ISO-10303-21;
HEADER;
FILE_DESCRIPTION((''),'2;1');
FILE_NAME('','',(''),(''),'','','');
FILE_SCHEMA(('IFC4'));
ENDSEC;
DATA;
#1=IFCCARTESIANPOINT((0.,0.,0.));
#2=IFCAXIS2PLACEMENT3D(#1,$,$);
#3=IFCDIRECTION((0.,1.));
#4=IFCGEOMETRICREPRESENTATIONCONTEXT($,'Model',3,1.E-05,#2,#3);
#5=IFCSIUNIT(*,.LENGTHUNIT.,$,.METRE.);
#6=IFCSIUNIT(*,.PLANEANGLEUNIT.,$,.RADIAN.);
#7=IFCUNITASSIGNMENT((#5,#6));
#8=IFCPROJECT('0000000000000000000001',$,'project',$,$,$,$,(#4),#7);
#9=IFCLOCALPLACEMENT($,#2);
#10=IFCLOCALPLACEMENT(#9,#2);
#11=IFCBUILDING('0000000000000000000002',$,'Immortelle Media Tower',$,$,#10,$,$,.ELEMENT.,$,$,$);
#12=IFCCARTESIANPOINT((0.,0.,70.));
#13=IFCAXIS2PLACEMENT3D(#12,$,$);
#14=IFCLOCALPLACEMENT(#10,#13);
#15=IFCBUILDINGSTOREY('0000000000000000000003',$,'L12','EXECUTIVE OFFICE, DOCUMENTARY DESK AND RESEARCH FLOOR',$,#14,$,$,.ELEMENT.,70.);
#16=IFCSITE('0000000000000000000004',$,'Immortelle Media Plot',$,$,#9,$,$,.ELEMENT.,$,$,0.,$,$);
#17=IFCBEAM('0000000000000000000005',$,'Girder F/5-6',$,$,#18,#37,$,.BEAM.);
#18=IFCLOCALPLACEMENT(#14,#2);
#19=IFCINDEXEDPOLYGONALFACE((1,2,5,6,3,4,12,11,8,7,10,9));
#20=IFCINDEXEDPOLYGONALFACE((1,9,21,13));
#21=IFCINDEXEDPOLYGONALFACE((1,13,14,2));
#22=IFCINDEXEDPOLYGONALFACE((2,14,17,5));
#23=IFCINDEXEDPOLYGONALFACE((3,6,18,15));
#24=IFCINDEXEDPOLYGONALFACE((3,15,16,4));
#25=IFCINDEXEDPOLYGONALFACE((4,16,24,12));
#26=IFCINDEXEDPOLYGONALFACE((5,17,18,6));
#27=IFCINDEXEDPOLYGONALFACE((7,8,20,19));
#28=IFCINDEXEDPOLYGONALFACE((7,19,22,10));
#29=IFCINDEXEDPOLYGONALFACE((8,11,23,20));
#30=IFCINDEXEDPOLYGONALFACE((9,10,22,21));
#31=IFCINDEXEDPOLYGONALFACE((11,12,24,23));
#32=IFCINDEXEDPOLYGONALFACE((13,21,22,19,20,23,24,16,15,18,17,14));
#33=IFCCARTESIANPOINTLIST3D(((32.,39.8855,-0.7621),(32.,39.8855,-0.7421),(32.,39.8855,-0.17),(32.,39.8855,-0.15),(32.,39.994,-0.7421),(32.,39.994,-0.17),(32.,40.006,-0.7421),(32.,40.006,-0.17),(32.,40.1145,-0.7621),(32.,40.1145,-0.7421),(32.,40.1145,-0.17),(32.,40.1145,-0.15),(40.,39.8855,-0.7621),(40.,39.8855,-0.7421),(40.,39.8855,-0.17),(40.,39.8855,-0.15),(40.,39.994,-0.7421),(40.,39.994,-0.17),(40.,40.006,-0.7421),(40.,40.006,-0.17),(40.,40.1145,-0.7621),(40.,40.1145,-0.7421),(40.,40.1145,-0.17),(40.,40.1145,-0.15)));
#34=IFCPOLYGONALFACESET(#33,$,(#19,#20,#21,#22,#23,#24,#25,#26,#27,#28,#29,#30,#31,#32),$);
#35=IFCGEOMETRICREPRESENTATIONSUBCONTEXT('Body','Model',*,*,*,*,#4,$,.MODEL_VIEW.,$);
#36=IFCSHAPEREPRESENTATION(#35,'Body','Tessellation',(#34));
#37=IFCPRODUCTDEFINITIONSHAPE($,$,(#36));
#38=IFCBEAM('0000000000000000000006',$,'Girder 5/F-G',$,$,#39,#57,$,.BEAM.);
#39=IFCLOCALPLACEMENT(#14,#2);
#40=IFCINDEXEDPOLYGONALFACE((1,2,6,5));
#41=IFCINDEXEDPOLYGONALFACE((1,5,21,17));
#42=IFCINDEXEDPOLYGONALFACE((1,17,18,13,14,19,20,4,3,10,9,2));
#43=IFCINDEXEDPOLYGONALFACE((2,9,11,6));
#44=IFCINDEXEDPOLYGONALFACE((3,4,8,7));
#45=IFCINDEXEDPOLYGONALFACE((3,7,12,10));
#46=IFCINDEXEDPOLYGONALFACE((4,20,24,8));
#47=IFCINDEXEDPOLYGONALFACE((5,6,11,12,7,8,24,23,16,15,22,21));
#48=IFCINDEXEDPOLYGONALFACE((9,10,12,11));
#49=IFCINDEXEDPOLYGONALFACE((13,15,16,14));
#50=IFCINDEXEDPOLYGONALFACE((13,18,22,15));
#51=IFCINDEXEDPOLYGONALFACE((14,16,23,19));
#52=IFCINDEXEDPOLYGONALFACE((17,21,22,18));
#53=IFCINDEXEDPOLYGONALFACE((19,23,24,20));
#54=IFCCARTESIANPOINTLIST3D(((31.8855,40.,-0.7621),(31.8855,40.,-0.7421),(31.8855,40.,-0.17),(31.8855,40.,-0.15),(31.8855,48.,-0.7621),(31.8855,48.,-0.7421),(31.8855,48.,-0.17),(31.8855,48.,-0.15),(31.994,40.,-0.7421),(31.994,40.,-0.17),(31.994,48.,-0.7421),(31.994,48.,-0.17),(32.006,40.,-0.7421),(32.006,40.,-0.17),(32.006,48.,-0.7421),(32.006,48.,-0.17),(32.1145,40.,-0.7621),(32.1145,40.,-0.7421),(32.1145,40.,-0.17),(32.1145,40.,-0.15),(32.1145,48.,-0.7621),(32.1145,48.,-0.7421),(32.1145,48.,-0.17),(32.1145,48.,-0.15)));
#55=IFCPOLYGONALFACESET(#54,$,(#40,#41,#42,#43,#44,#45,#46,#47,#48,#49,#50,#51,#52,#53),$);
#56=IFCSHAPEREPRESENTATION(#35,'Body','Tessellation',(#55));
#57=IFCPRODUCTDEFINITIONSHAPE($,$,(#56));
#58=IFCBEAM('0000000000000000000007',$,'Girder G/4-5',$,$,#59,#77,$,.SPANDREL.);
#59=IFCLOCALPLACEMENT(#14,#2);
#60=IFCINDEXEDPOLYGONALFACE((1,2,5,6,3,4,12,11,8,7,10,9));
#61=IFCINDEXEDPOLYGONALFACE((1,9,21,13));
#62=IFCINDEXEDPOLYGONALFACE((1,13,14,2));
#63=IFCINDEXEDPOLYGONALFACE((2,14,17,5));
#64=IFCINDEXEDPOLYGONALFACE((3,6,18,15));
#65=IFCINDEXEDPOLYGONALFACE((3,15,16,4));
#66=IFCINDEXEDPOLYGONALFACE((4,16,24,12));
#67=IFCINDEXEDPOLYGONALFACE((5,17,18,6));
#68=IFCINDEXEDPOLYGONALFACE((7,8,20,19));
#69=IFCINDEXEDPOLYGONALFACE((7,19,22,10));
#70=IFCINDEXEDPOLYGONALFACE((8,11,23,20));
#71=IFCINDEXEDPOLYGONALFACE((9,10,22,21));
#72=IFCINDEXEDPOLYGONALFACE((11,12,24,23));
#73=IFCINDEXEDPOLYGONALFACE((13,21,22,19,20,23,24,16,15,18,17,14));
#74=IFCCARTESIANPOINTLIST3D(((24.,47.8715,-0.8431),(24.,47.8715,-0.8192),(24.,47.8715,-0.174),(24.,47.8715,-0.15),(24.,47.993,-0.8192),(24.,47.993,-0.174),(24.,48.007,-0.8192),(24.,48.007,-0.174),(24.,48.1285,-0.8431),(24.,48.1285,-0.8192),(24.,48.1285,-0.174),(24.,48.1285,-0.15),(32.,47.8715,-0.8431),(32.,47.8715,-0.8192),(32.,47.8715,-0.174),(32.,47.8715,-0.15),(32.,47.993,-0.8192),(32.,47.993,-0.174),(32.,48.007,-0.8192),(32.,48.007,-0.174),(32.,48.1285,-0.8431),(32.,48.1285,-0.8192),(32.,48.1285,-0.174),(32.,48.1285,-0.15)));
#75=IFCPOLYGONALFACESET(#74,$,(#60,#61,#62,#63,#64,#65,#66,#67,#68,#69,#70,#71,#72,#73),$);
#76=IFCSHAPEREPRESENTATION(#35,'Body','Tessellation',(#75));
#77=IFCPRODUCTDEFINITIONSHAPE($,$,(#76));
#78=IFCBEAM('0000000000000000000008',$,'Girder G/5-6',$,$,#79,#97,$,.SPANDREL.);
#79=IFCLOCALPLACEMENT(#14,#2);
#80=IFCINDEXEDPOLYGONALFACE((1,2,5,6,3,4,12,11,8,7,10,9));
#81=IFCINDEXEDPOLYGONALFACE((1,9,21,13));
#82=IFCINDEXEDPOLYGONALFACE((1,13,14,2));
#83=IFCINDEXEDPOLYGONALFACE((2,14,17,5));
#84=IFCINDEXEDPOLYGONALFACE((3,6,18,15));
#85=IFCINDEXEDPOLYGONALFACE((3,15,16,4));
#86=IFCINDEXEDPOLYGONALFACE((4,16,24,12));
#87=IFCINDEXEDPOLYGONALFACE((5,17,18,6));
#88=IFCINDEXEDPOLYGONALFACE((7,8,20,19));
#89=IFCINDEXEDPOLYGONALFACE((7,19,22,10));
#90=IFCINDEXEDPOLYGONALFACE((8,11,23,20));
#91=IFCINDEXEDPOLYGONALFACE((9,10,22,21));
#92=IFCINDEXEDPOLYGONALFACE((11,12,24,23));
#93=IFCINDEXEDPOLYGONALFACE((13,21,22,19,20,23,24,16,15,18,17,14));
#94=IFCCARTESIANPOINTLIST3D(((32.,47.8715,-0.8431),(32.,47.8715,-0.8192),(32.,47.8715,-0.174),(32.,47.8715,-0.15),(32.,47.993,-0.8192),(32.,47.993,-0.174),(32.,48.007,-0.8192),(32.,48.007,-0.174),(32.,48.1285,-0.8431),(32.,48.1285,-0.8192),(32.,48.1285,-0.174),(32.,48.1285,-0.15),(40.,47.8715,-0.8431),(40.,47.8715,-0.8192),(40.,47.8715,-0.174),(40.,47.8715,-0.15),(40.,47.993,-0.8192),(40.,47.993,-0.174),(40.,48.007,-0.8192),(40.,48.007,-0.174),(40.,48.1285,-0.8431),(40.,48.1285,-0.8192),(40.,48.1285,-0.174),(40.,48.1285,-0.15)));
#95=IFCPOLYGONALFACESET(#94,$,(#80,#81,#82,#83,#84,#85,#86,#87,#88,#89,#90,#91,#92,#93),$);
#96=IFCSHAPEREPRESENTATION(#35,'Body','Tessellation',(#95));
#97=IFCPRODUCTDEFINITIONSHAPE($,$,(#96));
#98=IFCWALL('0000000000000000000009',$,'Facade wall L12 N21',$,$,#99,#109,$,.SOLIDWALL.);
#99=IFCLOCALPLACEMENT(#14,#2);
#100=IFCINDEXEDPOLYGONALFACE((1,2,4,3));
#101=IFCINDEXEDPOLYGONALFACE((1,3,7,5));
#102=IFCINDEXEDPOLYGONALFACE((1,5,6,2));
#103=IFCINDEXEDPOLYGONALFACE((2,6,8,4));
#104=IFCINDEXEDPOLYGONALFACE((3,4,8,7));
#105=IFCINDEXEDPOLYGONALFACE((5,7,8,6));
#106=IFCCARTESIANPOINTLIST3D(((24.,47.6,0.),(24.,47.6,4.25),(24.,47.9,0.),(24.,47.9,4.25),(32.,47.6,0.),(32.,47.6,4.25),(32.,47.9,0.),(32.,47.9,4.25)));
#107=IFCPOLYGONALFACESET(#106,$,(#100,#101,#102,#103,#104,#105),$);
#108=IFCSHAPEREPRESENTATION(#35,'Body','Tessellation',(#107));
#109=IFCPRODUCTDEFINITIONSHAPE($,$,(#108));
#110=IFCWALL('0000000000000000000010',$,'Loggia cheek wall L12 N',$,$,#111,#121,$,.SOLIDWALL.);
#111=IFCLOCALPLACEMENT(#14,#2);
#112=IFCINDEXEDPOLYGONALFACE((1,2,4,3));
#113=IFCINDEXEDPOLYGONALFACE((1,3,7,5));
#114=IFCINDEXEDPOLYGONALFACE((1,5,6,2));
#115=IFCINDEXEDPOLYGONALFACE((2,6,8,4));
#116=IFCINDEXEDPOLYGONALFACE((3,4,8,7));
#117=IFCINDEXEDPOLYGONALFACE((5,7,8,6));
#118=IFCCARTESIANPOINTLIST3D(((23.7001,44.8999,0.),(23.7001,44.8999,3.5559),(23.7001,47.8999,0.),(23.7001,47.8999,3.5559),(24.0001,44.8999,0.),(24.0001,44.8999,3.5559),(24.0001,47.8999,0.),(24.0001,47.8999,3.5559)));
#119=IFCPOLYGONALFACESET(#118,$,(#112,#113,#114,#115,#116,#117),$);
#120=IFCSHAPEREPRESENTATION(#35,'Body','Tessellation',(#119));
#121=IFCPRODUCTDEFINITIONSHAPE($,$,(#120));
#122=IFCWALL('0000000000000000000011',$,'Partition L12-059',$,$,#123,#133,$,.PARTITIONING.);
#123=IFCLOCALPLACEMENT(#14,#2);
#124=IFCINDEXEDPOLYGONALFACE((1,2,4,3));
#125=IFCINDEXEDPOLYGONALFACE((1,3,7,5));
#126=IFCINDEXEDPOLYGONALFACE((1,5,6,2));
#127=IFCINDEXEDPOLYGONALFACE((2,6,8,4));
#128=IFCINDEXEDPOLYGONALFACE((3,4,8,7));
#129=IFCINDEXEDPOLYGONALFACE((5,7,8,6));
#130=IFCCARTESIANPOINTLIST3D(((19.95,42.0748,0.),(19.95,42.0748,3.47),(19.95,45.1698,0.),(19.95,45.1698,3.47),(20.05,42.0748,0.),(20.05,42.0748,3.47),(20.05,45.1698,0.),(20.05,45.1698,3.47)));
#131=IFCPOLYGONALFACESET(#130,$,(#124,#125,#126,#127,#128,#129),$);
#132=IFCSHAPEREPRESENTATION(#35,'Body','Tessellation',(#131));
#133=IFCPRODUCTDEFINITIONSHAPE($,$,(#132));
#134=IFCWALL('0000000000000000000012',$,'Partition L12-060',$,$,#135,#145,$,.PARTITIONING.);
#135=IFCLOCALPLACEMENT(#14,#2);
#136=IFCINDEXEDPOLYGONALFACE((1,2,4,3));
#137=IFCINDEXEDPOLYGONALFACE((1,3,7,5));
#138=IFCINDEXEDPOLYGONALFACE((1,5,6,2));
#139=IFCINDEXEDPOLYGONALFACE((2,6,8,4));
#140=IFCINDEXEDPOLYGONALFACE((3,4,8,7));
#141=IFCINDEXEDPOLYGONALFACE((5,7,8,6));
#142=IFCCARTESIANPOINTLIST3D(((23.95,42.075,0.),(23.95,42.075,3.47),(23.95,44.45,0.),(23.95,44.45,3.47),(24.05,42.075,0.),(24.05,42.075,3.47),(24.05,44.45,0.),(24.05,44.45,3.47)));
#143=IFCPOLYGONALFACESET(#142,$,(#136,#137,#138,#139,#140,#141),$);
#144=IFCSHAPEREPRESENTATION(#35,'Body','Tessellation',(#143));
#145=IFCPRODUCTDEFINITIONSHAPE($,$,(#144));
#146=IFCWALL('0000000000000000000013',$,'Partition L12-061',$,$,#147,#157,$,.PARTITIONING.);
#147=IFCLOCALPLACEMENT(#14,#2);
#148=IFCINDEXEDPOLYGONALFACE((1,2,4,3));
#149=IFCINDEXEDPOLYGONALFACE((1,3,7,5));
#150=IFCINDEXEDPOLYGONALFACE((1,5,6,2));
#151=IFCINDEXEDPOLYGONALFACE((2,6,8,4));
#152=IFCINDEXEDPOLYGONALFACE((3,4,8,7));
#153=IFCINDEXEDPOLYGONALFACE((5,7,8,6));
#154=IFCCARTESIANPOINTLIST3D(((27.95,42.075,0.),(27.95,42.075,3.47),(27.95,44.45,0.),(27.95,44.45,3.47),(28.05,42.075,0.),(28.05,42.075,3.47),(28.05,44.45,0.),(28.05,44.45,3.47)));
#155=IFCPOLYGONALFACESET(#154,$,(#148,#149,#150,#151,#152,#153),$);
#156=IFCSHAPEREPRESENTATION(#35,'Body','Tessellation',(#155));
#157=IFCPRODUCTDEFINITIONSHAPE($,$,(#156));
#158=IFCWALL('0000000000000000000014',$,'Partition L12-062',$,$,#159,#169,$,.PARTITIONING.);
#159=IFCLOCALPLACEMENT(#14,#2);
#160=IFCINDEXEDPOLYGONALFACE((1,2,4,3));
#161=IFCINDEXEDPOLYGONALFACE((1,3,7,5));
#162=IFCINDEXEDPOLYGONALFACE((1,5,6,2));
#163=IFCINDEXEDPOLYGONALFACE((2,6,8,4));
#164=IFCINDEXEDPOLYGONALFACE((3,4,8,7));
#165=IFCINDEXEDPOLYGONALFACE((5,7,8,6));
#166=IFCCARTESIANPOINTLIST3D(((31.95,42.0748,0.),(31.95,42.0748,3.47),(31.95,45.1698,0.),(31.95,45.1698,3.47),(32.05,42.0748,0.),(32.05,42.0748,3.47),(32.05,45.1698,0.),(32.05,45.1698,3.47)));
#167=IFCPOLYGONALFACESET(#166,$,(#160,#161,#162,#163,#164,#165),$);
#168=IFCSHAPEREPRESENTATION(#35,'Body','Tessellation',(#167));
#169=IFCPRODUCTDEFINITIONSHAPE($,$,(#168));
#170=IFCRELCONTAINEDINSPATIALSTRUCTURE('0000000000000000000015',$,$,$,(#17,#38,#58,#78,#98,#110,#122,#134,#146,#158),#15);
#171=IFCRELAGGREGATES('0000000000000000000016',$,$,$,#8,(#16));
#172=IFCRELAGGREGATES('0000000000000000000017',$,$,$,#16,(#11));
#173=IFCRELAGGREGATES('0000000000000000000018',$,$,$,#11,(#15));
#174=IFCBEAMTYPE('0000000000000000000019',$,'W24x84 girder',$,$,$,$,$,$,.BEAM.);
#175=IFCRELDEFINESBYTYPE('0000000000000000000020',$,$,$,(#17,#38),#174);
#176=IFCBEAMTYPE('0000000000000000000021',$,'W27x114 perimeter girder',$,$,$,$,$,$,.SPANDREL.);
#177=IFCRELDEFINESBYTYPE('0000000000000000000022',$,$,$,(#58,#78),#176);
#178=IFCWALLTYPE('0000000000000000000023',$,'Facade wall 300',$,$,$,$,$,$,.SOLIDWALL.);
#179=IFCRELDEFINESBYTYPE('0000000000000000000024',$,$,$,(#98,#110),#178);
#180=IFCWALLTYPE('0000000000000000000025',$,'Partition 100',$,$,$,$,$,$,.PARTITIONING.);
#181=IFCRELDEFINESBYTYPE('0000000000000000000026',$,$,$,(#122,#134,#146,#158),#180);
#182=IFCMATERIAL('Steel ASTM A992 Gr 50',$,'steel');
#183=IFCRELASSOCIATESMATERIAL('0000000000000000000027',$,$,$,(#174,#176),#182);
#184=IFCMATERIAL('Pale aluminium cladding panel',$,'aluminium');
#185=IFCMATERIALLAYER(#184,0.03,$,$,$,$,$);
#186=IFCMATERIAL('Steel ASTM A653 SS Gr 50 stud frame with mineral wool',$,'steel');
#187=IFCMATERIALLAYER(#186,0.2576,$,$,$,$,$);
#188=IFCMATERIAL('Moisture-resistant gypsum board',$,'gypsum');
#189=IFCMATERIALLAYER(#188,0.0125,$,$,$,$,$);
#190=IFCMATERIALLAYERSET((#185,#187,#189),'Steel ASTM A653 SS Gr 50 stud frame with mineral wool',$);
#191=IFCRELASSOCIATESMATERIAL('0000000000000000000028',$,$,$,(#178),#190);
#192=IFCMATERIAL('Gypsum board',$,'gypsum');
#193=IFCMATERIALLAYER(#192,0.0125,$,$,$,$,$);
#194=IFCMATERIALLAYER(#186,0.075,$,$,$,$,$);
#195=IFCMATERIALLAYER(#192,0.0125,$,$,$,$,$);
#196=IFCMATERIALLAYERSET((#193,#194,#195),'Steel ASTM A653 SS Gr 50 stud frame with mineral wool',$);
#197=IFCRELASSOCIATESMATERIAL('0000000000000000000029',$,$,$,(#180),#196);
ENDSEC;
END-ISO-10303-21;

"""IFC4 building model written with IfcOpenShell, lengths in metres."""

from ifc_helpers import new_model, si_unit, direction, frame, frame_2d, origin, origin_2d, place, context, subcontext, project, spatial, rectangle, i_section, extrude, material, layer, layer_set, material_profile, profile_set, type_object, element, save


model = new_model("IFC4")

# Units and contexts
model_context = context("Model", 3, precision=1e-05, world=origin(), true_north=direction((0.0, 1.0)))
body_context = subcontext(model_context, "Body", "Model", "MODEL_VIEW")
ifc_project = project(units=[si_unit("LENGTHUNIT", "METRE"), si_unit("PLANEANGLEUNIT", "RADIAN")], contexts=[model_context])

# Site, building, storey
site_placement = place(None, origin())
site = spatial("IfcSite", under=ifc_project, at=site_placement, Name="Immortelle Media Plot", CompositionType="ELEMENT", RefElevation=0.0)
building_placement = place(site_placement, origin())
building = spatial("IfcBuilding", under=site, at=building_placement, Name="Immortelle Media Tower", CompositionType="ELEMENT")
storey_placement = place(building_placement, frame((0.0, 0.0, 70.0)))
storey = spatial("IfcBuildingStorey", under=building, at=storey_placement, Name="L12", Description="EXECUTIVE OFFICE, DOCUMENTARY DESK AND RESEARCH FLOOR", CompositionType="ELEMENT", Elevation=70.0)

# Shared definitions
ifc_material_1 = material(Name="Steel ASTM A992 Gr 50", Category="steel")

# Beams
ifc_material_profile_1 = material_profile(ifc_material_1, i_section(OverallWidth=0.229, OverallDepth=0.6121, WebThickness=0.012, FlangeThickness=0.02, at=origin_2d()), Name="W24x84")
ifc_profile_set_1 = profile_set([ifc_material_profile_1], Name="Steel ASTM A992 Gr 50")
beam_type_1 = type_object("IfcBeamType", Name="W24x84 girder", PredefinedType="BEAM", material=ifc_profile_set_1)
for number, where, z_axis, x_axis, name in (
    (1, (32.0, 40.0, -0.4561), (1.0, 0.0, 0.0), (0.0, 1.0, 0.0), "Girder F/5-6"),
    (2, (32.0, 40.0, -0.4561), (0.0, 1.0, 0.0), (-1.0, 0.0, 0.0), "Girder 5/F-G"),
):
    element("IfcBeam", number, at=place(storey_placement, frame(where, z_axis=z_axis, x_axis=x_axis)), inside=storey, type_object=beam_type_1, Name=name, PredefinedType="BEAM", context=body_context, shape_type="SweptSolid", body=[
        extrude(i_section(OverallWidth=0.229, OverallDepth=0.6121, WebThickness=0.012, FlangeThickness=0.02, at=origin_2d()), origin(), (0.0, 0.0, 1.0), 8.0),
    ])
ifc_material_profile_2 = material_profile(ifc_material_1, i_section(OverallWidth=0.2571, OverallDepth=0.6931, WebThickness=0.0139, FlangeThickness=0.0239, at=origin_2d()), Name="W27x114")
ifc_profile_set_2 = profile_set([ifc_material_profile_2], Name="Steel ASTM A992 Gr 50")
beam_type_2 = type_object("IfcBeamType", Name="W27x114 perimeter girder", PredefinedType="SPANDREL", material=ifc_profile_set_2)
for number, where, z_axis, x_axis, name in (
    (3, (24.0, 48.0, -0.4966), (1.0, 0.0, 0.0), (0.0, 1.0, 0.0), "Girder G/4-5"),
    (4, (32.0, 48.0, -0.4966), (1.0, 0.0, 0.0), (0.0, 1.0, 0.0), "Girder G/5-6"),
):
    element("IfcBeam", number, at=place(storey_placement, frame(where, z_axis=z_axis, x_axis=x_axis)), inside=storey, type_object=beam_type_2, Name=name, PredefinedType="SPANDREL", context=body_context, shape_type="SweptSolid", body=[
        extrude(i_section(OverallWidth=0.2571, OverallDepth=0.6931, WebThickness=0.0139, FlangeThickness=0.0239, at=origin_2d()), origin(), (0.0, 0.0, 1.0), 8.0),
    ])

# Wall
ifc_material_2 = material(Name="Pale aluminium cladding panel", Category="aluminium")
ifc_layer_1 = layer(ifc_material_2, 0.03)
ifc_material_3 = material(Name="Steel ASTM A653 SS Gr 50 stud frame with mineral wool", Category="steel")
ifc_layer_2 = layer(ifc_material_3, 0.2576)
ifc_material_4 = material(Name="Moisture-resistant gypsum board", Category="gypsum")
ifc_layer_3 = layer(ifc_material_4, 0.0125)
ifc_layer_set_1 = layer_set([ifc_layer_1, ifc_layer_2, ifc_layer_3], Name="Steel ASTM A653 SS Gr 50 stud frame with mineral wool")
wall_type_1 = type_object("IfcWallType", Name="Facade wall 300", PredefinedType="SOLIDWALL", material=ifc_layer_set_1)
wall_1_placement = place(storey_placement, frame((32.0, 47.75, 0.0), z_axis=(0.0, 0.0, 1.0), x_axis=(-1.0, 0.0, 0.0)))
element("IfcWall", 5, at=wall_1_placement, inside=storey, type_object=wall_type_1, Name="Facade wall L12 N21", PredefinedType="SOLIDWALL", context=body_context, shape_type="SweptSolid", body=[
    extrude(rectangle(XDim=8.0, YDim=0.3, at=frame_2d((4.0, 0.0))), origin(), (0.0, 0.0, 1.0), 4.25),
])

# Walls
wall_2_placement = place(storey_placement, frame((23.8501, 47.8999, 0.0), z_axis=(0.0, 0.0, 1.0), x_axis=(0.0, -1.0, 0.0)))
element("IfcWall", 6, at=wall_2_placement, inside=storey, type_object=wall_type_1, Name="Loggia cheek wall L12 N", PredefinedType="SOLIDWALL", context=body_context, shape_type="SweptSolid", body=[
    extrude(rectangle(XDim=3.0, YDim=0.3, at=frame_2d((1.5, 0.0))), origin(), (0.0, 0.0, 1.0), 3.5559),
])
ifc_material_5 = material(Name="Gypsum board", Category="gypsum")
ifc_layer_4 = layer(ifc_material_5, 0.0125)
ifc_layer_5 = layer(ifc_material_3, 0.075)
ifc_layer_6 = layer(ifc_material_5, 0.0125)
ifc_layer_set_2 = layer_set([ifc_layer_4, ifc_layer_5, ifc_layer_6], Name="Steel ASTM A653 SS Gr 50 stud frame with mineral wool")
wall_type_2 = type_object("IfcWallType", Name="Partition 100", PredefinedType="PARTITIONING", material=ifc_layer_set_2)
wall_3_placement = place(storey_placement, frame((20.0, 42.075, 0.0), z_axis=(0.0, 0.0, 1.0), x_axis=(0.0, 1.0, 0.0)))
element("IfcWall", 7, at=wall_3_placement, inside=storey, type_object=wall_type_2, Name="Partition L12-059", PredefinedType="PARTITIONING", context=body_context, shape_type="SweptSolid", body=[
    extrude(rectangle(XDim=3.095, YDim=0.1001, at=frame_2d((1.5474, 0.0))), origin(), (0.0, 0.0, 1.0), 3.47),
])
for number, where, z_axis, x_axis, name in (
    (8, (24.0, 42.075, 0.0), (0.0, 0.0, 1.0), (0.0, 1.0, 0.0), "Partition L12-060"),
    (9, (28.0, 42.075, 0.0), (0.0, 0.0, 1.0), (0.0, 1.0, 0.0), "Partition L12-061"),
):
    element("IfcWall", number, at=place(storey_placement, frame(where, z_axis=z_axis, x_axis=x_axis)), inside=storey, type_object=wall_type_2, Name=name, PredefinedType="PARTITIONING", context=body_context, shape_type="SweptSolid", body=[
        extrude(rectangle(XDim=2.375, YDim=0.1001, at=frame_2d((1.1875, 0.0))), origin(), (0.0, 0.0, 1.0), 3.47),
    ])
wall_4_placement = place(storey_placement, frame((32.0, 42.075, 0.0), z_axis=(0.0, 0.0, 1.0), x_axis=(0.0, 1.0, 0.0)))
element("IfcWall", 10, at=wall_4_placement, inside=storey, type_object=wall_type_2, Name="Partition L12-062", PredefinedType="PARTITIONING", context=body_context, shape_type="SweptSolid", body=[
    extrude(rectangle(XDim=3.095, YDim=0.1001, at=frame_2d((1.5474, 0.0))), origin(), (0.0, 0.0, 1.0), 3.47),
])

save(model, "model.ifc")
